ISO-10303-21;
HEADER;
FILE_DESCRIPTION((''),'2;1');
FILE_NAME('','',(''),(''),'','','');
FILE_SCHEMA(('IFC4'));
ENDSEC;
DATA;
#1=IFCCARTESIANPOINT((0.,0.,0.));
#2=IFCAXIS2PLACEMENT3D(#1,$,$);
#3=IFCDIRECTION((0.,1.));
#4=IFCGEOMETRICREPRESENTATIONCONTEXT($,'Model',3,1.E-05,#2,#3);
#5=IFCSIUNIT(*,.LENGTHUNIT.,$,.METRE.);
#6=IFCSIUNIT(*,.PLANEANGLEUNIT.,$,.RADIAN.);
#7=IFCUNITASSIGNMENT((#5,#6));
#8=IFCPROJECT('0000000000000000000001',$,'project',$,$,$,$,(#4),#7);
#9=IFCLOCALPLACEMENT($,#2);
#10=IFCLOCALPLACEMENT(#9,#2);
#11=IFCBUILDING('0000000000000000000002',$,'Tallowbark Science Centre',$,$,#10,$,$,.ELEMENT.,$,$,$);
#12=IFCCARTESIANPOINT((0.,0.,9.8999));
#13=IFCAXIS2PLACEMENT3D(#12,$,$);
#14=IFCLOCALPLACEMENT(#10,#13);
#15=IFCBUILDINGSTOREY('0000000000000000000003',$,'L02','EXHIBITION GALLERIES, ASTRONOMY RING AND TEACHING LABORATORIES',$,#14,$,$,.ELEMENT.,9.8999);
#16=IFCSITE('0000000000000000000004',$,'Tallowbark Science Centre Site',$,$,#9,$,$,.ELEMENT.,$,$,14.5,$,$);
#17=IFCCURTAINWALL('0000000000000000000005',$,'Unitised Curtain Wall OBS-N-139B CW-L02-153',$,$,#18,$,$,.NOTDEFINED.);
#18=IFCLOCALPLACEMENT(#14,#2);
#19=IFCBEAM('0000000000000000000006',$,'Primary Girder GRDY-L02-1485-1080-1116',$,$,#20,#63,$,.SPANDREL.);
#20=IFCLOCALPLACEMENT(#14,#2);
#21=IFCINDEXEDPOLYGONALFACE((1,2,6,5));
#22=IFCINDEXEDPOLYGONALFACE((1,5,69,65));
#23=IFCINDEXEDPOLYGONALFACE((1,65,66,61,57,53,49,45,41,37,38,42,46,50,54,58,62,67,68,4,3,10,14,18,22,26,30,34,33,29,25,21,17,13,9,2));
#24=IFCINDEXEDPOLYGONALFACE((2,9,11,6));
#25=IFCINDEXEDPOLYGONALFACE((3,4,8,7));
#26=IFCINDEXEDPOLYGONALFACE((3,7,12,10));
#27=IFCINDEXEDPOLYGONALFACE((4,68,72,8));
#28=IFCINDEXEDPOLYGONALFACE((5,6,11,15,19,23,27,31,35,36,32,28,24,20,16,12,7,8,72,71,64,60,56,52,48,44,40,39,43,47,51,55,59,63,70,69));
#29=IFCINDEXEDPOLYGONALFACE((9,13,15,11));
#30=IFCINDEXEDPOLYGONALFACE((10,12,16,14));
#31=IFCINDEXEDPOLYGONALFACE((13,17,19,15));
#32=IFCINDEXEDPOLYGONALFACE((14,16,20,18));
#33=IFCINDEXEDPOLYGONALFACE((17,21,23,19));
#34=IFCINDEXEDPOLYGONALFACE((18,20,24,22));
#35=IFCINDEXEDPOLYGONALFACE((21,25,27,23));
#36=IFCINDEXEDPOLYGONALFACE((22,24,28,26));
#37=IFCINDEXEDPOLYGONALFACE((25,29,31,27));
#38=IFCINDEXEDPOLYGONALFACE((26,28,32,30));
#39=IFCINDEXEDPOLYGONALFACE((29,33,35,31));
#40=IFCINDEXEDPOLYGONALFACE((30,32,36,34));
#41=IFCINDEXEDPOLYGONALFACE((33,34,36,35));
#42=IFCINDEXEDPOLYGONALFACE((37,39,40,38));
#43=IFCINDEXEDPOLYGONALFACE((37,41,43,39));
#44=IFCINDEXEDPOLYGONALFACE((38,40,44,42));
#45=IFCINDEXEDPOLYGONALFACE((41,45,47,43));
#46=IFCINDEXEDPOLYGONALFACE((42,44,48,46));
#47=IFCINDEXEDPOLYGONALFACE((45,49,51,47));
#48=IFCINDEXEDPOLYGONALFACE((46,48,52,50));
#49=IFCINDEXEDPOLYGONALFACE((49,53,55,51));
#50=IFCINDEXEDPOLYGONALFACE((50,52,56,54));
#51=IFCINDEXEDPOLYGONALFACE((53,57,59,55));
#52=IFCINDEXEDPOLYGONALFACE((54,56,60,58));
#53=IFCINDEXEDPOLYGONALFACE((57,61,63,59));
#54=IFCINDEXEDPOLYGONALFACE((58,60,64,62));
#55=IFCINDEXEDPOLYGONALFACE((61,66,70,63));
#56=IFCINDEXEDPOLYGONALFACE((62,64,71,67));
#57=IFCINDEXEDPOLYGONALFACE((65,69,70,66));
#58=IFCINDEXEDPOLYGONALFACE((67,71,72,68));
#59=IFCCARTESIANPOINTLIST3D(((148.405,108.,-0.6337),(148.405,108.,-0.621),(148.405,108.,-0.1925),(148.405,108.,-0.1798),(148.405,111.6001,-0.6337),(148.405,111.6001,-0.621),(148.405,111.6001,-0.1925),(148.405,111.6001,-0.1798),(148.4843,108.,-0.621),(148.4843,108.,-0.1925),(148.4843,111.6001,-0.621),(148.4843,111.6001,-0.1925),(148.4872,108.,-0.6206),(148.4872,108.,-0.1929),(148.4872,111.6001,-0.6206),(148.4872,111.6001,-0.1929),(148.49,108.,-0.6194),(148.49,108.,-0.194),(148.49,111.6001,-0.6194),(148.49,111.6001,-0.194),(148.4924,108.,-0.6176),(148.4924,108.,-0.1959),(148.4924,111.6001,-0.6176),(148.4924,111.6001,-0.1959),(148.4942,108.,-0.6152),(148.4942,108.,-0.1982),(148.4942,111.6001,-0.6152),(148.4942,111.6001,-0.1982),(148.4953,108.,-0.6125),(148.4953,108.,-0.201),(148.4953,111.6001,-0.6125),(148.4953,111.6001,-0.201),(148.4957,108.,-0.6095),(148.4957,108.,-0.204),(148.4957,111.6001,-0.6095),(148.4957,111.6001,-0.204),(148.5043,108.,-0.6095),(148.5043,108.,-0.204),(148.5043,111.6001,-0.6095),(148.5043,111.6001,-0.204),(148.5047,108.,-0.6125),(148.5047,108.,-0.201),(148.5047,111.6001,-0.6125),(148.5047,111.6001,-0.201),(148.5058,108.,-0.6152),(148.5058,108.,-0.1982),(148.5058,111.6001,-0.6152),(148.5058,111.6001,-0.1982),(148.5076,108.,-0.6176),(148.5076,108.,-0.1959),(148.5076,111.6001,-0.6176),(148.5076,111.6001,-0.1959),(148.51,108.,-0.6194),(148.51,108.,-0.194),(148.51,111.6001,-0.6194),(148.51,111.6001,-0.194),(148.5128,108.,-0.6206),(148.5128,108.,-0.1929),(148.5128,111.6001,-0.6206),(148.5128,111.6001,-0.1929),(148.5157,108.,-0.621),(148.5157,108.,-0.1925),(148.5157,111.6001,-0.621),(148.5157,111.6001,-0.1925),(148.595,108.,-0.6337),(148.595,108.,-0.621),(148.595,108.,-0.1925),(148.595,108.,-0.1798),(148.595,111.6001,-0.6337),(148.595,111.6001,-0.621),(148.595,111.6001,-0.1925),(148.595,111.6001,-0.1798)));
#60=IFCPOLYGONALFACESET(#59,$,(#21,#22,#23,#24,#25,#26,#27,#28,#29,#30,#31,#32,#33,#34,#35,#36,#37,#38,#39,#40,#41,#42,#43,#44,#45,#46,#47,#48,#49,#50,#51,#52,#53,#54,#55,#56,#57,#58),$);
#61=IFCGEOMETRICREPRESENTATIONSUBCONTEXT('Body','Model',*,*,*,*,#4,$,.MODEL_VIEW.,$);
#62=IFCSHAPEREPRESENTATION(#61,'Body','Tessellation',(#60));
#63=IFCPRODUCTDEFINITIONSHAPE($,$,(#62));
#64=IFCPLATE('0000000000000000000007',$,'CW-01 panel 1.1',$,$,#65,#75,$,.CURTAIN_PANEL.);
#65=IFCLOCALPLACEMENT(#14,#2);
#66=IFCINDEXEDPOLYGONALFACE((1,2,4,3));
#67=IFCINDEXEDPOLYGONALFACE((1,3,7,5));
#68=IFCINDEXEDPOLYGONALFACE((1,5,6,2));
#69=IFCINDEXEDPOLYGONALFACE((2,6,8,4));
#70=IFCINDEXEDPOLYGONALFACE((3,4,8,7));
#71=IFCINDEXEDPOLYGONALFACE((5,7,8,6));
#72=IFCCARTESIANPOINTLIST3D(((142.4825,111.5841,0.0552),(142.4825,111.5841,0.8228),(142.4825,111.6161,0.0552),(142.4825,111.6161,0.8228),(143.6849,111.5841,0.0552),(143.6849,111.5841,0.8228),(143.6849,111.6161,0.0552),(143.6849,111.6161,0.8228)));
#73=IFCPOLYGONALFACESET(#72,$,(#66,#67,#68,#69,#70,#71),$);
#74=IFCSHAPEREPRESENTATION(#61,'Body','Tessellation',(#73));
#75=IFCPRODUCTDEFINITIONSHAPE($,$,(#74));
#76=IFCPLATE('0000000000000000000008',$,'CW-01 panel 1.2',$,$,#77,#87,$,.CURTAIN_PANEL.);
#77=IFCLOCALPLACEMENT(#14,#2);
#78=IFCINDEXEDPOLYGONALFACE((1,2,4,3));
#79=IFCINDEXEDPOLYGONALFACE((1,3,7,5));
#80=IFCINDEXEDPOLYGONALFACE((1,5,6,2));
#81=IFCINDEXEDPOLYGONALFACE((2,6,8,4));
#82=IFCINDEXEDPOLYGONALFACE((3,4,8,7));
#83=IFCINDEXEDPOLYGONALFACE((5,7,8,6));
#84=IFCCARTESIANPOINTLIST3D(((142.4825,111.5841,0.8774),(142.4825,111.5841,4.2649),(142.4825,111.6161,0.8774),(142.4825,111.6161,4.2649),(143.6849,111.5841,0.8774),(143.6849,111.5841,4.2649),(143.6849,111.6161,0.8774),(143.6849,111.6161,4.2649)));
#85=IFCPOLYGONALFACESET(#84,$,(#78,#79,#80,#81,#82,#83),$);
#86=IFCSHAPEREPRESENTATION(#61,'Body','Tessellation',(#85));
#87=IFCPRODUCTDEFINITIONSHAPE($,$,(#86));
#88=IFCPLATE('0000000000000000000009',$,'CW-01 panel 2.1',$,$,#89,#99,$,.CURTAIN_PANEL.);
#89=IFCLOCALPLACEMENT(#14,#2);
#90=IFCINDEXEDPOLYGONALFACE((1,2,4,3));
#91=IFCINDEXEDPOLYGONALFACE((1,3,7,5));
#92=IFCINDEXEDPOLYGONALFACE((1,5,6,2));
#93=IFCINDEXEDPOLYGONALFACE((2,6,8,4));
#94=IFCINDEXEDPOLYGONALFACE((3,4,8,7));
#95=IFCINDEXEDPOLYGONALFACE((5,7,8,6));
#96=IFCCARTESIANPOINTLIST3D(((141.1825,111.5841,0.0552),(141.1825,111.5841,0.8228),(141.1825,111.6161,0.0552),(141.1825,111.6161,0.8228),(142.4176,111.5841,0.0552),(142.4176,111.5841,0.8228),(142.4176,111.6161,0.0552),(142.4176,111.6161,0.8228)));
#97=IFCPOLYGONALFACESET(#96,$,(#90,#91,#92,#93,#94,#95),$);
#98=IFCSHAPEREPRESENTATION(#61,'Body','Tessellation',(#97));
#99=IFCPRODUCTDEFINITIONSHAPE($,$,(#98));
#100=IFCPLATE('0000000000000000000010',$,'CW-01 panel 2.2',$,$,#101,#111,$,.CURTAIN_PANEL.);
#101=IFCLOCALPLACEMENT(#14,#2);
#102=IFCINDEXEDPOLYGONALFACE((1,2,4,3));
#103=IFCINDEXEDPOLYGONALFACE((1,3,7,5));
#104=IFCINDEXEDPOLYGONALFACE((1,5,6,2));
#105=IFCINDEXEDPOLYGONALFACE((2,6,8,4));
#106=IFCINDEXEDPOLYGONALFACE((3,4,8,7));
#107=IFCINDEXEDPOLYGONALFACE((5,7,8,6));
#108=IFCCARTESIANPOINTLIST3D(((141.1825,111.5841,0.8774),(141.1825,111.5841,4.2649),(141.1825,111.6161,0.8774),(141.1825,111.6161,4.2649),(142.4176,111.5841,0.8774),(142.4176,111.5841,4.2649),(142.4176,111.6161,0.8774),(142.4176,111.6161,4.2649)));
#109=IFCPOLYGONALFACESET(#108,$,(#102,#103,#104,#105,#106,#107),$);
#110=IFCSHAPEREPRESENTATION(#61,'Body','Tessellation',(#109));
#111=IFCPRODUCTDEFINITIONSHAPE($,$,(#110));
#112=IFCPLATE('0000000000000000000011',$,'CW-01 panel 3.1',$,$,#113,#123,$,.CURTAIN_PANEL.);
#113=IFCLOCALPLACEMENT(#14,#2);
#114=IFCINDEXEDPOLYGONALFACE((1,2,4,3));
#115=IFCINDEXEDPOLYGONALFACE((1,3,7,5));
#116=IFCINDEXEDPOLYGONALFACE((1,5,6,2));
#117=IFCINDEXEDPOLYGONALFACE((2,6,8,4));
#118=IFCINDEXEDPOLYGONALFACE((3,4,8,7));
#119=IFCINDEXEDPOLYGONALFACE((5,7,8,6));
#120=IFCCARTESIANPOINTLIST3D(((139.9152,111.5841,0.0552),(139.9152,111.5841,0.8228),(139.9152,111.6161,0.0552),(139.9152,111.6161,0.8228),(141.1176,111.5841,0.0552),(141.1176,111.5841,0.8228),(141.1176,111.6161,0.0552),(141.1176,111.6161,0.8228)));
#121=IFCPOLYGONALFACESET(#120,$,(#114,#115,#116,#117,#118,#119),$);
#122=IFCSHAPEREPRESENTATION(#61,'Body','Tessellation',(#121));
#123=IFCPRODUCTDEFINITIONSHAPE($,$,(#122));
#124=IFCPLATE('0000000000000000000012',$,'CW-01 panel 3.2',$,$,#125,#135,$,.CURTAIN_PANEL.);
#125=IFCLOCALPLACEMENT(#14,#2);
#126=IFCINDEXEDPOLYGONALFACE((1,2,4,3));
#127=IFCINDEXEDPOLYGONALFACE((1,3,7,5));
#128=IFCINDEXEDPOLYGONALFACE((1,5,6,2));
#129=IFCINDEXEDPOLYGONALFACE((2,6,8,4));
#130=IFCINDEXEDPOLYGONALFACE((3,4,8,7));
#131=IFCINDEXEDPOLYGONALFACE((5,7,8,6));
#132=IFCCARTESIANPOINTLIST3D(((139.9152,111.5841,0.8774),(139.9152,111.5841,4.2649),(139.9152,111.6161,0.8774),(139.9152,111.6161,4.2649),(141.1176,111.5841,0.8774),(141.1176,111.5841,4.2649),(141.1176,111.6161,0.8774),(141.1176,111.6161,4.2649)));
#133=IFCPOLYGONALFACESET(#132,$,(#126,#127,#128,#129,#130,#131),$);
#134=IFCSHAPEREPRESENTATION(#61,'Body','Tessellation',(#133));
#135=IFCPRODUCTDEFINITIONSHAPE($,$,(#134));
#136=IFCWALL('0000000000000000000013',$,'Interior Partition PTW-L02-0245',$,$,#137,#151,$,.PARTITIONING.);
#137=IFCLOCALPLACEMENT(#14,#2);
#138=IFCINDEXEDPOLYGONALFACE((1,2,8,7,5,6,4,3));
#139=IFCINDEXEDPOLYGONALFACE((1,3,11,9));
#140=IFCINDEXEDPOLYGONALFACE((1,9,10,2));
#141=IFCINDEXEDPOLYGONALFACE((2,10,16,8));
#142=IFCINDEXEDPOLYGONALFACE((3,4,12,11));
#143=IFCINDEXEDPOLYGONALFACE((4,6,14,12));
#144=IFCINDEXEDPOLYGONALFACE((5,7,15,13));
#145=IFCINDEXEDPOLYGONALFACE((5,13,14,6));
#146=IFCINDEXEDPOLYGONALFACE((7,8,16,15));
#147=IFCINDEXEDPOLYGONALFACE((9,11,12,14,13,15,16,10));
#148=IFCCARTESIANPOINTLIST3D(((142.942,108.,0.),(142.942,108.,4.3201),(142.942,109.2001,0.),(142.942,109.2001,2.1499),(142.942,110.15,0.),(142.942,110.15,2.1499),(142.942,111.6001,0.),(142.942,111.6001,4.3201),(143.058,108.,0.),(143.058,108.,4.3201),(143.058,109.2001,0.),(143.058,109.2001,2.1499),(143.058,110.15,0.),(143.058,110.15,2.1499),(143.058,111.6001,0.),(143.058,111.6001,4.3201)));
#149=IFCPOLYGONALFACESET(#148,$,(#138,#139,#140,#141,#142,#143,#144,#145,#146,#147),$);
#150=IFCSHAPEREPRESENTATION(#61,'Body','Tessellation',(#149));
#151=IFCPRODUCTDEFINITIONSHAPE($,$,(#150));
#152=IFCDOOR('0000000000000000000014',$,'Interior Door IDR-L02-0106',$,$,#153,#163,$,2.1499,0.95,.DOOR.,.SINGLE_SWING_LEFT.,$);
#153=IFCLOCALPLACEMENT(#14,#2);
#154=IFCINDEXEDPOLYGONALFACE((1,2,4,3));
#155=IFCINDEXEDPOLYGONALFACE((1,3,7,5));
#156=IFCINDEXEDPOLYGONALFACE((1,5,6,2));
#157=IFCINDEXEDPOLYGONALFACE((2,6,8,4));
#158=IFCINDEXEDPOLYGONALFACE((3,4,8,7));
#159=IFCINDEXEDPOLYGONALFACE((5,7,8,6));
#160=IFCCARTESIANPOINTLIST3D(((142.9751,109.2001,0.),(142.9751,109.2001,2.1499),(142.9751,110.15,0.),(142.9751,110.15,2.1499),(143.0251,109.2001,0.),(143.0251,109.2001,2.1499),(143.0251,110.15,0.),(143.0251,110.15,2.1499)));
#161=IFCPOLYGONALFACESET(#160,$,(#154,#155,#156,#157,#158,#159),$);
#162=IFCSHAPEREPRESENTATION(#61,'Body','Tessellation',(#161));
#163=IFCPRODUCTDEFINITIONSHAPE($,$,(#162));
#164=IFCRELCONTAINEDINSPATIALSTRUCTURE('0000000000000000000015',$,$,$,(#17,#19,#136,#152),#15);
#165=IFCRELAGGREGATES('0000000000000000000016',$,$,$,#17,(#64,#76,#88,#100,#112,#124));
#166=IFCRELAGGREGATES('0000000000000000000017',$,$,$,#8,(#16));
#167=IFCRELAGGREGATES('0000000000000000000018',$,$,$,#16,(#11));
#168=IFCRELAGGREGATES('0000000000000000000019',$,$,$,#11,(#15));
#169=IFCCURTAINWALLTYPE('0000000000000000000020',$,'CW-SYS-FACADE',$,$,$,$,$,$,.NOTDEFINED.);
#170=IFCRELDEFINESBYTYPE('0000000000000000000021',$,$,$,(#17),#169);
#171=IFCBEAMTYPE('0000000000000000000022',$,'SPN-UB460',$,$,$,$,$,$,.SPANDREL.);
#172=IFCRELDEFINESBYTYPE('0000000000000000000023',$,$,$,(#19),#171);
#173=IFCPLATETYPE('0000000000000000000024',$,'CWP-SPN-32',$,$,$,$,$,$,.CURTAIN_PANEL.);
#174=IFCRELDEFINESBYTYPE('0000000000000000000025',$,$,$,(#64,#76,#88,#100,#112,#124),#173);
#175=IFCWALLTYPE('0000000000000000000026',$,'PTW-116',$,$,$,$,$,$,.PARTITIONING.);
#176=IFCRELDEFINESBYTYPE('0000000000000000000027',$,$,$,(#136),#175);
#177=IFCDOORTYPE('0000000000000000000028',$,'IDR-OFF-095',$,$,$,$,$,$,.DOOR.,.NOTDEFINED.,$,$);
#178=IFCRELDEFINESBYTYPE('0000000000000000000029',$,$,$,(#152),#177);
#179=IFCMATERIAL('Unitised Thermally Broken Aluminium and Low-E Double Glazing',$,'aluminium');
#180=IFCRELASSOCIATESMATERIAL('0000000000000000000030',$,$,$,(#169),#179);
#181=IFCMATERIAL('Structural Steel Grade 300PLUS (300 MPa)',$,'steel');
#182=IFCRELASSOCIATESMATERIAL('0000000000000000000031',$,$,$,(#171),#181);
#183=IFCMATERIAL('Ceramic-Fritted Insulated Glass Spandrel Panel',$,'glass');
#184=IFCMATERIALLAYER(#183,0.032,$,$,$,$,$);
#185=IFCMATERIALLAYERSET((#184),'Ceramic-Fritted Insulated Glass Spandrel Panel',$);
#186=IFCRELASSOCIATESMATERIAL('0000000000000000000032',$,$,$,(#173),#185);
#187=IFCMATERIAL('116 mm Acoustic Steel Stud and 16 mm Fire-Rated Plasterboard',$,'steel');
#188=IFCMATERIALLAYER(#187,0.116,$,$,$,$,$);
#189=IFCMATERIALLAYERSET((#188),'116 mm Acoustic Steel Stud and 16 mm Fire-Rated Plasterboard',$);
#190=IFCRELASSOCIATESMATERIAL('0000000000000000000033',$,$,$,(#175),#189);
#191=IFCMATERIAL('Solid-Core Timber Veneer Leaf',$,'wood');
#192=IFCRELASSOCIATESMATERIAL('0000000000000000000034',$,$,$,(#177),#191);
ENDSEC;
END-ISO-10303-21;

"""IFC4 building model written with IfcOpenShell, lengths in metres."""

from ifc_helpers import new_model, si_unit, direction, frame, frame_2d, origin, origin_2d, place, context, subcontext, project, spatial, rectangle, i_section, extrude, material, layer, layer_set, material_profile, profile_set, type_object, element, fill, aggregate, save


model = new_model("IFC4")

# Units and contexts
model_context = context("Model", 3, precision=1e-05, world=origin(), true_north=direction((0.0, 1.0)))
body_context = subcontext(model_context, "Body", "Model", "MODEL_VIEW")
ifc_project = project(units=[si_unit("LENGTHUNIT", "METRE"), si_unit("PLANEANGLEUNIT", "RADIAN")], contexts=[model_context])

# Site, building, storey
site_placement = place(None, origin())
site = spatial("IfcSite", under=ifc_project, at=site_placement, Name="Tallowbark Science Centre Site", CompositionType="ELEMENT", RefElevation=14.5)
building_placement = place(site_placement, origin())
building = spatial("IfcBuilding", under=site, at=building_placement, Name="Tallowbark Science Centre", CompositionType="ELEMENT")
storey_placement = place(building_placement, frame((0.0, 0.0, 9.8999)))
storey = spatial("IfcBuildingStorey", under=building, at=storey_placement, Name="L02", Description="EXHIBITION GALLERIES, ASTRONOMY RING AND TEACHING LABORATORIES", CompositionType="ELEMENT", Elevation=9.8999)

# Shared definitions
ifc_material_1 = material(Name="Structural Steel Grade 300PLUS (300 MPa)", Category="steel")

# Curtain wall
ifc_material_2 = material(Name="Unitised Thermally Broken Aluminium and Low-E Double Glazing", Category="aluminium")
curtain_wall_type = type_object("IfcCurtainWallType", Name="CW-SYS-FACADE", PredefinedType="NOTDEFINED", material=ifc_material_2)
curtain_wall_placement = place(storey_placement, origin())
curtain_wall = element("IfcCurtainWall", 1, at=curtain_wall_placement, inside=storey, type_object=curtain_wall_type, Name="Unitised Curtain Wall OBS-N-139B CW-L02-153", PredefinedType="NOTDEFINED")

# Beam
ifc_material_profile_1 = material_profile(ifc_material_1, i_section(OverallWidth=0.1899, OverallDepth=0.4539, WebThickness=0.0085, FlangeThickness=0.0127, FilletRadius=0.0115, at=origin_2d()), Name="460UB67.1")
ifc_profile_set_1 = profile_set([ifc_material_profile_1], Name="Structural Steel Grade 300PLUS (300 MPa)")
beam_type = type_object("IfcBeamType", Name="SPN-UB460", PredefinedType="SPANDREL", material=ifc_profile_set_1)
beam_placement = place(storey_placement, frame((148.5, 108.0, -0.4067), z_axis=(0.0, 1.0, 0.0), x_axis=(-1.0, 0.0, 0.0)))
element("IfcBeam", 2, at=beam_placement, inside=storey, type_object=beam_type, Name="Primary Girder GRDY-L02-1485-1080-1116", PredefinedType="SPANDREL", context=body_context, shape_type="SweptSolid", body=[
    extrude(i_section(OverallWidth=0.1899, OverallDepth=0.4539, WebThickness=0.0085, FlangeThickness=0.0127, FilletRadius=0.0115, at=origin_2d()), origin(), (0.0, 0.0, 1.0), 3.6001),
])

# Plates
ifc_material_3 = material(Name="Ceramic-Fritted Insulated Glass Spandrel Panel", Category="glass")
ifc_layer_1 = layer(ifc_material_3, 0.032)
ifc_layer_set_1 = layer_set([ifc_layer_1], Name="Ceramic-Fritted Insulated Glass Spandrel Panel")
plate_type = type_object("IfcPlateType", Name="CWP-SPN-32", PredefinedType="CURTAIN_PANEL", material=ifc_layer_set_1)
plate_1_placement = place(storey_placement, frame((143.0837, 111.6001, 0.0552), z_axis=(0.0, 0.0, 1.0), x_axis=(-1.0, 0.0, 0.0)))
plate_1 = element("IfcPlate", 3, at=plate_1_placement, type_object=plate_type, Name="CW-01 panel 1.1", PredefinedType="CURTAIN_PANEL", context=body_context, shape_type="SweptSolid", body=[
    extrude(rectangle(XDim=1.2024, YDim=0.032, at=origin_2d()), origin(), (0.0, 0.0, 1.0), 0.7676),
])
plate_2_placement = place(storey_placement, frame((143.0837, 111.6001, 0.8774), z_axis=(0.0, 0.0, 1.0), x_axis=(-1.0, 0.0, 0.0)))
plate_2 = element("IfcPlate", 4, at=plate_2_placement, type_object=plate_type, Name="CW-01 panel 1.2", PredefinedType="CURTAIN_PANEL", context=body_context, shape_type="SweptSolid", body=[
    extrude(rectangle(XDim=1.2024, YDim=0.032, at=origin_2d()), origin(), (0.0, 0.0, 1.0), 3.3875),
])
plate_3_placement = place(storey_placement, frame((141.8, 111.6001, 0.0552), z_axis=(0.0, 0.0, 1.0), x_axis=(-1.0, 0.0, 0.0)))
plate_3 = element("IfcPlate", 5, at=plate_3_placement, type_object=plate_type, Name="CW-01 panel 2.1", PredefinedType="CURTAIN_PANEL", context=body_context, shape_type="SweptSolid", body=[
    extrude(rectangle(XDim=1.2351, YDim=0.032, at=origin_2d()), origin(), (0.0, 0.0, 1.0), 0.7676),
])
plate_4_placement = place(storey_placement, frame((141.8, 111.6001, 0.8774), z_axis=(0.0, 0.0, 1.0), x_axis=(-1.0, 0.0, 0.0)))
plate_4 = element("IfcPlate", 6, at=plate_4_placement, type_object=plate_type, Name="CW-01 panel 2.2", PredefinedType="CURTAIN_PANEL", context=body_context, shape_type="SweptSolid", body=[
    extrude(rectangle(XDim=1.2351, YDim=0.032, at=origin_2d()), origin(), (0.0, 0.0, 1.0), 3.3875),
])
plate_5_placement = place(storey_placement, frame((140.5164, 111.6001, 0.0552), z_axis=(0.0, 0.0, 1.0), x_axis=(-1.0, 0.0, 0.0)))
plate_5 = element("IfcPlate", 7, at=plate_5_placement, type_object=plate_type, Name="CW-01 panel 3.1", PredefinedType="CURTAIN_PANEL", context=body_context, shape_type="SweptSolid", body=[
    extrude(rectangle(XDim=1.2024, YDim=0.032, at=origin_2d()), origin(), (0.0, 0.0, 1.0), 0.7676),
])
plate_6_placement = place(storey_placement, frame((140.5164, 111.6001, 0.8774), z_axis=(0.0, 0.0, 1.0), x_axis=(-1.0, 0.0, 0.0)))
plate_6 = element("IfcPlate", 8, at=plate_6_placement, type_object=plate_type, Name="CW-01 panel 3.2", PredefinedType="CURTAIN_PANEL", context=body_context, shape_type="SweptSolid", body=[
    extrude(rectangle(XDim=1.2024, YDim=0.032, at=origin_2d()), origin(), (0.0, 0.0, 1.0), 3.3875),
])
aggregate(curtain_wall, [plate_1, plate_2, plate_3, plate_4, plate_5, plate_6])

# Wall, opening, door
ifc_material_4 = material(Name="116 mm Acoustic Steel Stud and 16 mm Fire-Rated Plasterboard", Category="steel")
ifc_layer_2 = layer(ifc_material_4, 0.116)
ifc_layer_set_2 = layer_set([ifc_layer_2], Name="116 mm Acoustic Steel Stud and 16 mm Fire-Rated Plasterboard")
wall_type = type_object("IfcWallType", Name="PTW-116", PredefinedType="PARTITIONING", material=ifc_layer_set_2)
wall_placement = place(storey_placement, frame((143.0, 108.0, 0.0), z_axis=(0.0, 0.0, 1.0), x_axis=(0.0, 1.0, 0.0)))
wall = element("IfcWall", 9, at=wall_placement, inside=storey, type_object=wall_type, Name="Interior Partition PTW-L02-0245", PredefinedType="PARTITIONING", context=body_context, shape_type="SweptSolid", body=[
    extrude(rectangle(XDim=3.6001, YDim=0.116, at=frame_2d((1.8, 0.0))), origin(), (0.0, 0.0, 1.0), 4.3201),
])
opening_placement = place(wall_placement, frame((1.2, 0.0, 0.0)))
opening = element("IfcOpeningElement", 10, at=opening_placement, cuts=wall, PredefinedType="OPENING", context=body_context, shape_type="SweptSolid", body=[
    extrude(rectangle(XDim=0.95, YDim=2.1499, at=frame_2d((0.4751, 1.075))), frame((0.0, 0.0679, 0.0), z_axis=(0.0, -1.0, 0.0), x_axis=(1.0, 0.0, 0.0)), (0.0, 0.0, 1.0), 0.136),
])
ifc_material_5 = material(Name="Solid-Core Timber Veneer Leaf", Category="wood")
door_type = type_object("IfcDoorType", Name="IDR-OFF-095", OperationType="NOTDEFINED", PredefinedType="DOOR", material=ifc_material_5)
door_placement = place(opening_placement, origin())
door = element("IfcDoor", 11, at=door_placement, inside=storey, type_object=door_type, Name="Interior Door IDR-L02-0106", OperationType="SINGLE_SWING_LEFT", OverallHeight=2.1499, OverallWidth=0.95, PredefinedType="DOOR", context=body_context, shape_type="SweptSolid", body=[
    extrude(rectangle(XDim=0.95, YDim=2.1499, at=frame_2d((0.4751, 1.075))), frame((0.0, 0.0249, 0.0), z_axis=(0.0, -1.0, 0.0), x_axis=(1.0, 0.0, 0.0)), (0.0, 0.0, 1.0), 0.05),
])
fill(opening, door)

save(model, "model.ifc")
